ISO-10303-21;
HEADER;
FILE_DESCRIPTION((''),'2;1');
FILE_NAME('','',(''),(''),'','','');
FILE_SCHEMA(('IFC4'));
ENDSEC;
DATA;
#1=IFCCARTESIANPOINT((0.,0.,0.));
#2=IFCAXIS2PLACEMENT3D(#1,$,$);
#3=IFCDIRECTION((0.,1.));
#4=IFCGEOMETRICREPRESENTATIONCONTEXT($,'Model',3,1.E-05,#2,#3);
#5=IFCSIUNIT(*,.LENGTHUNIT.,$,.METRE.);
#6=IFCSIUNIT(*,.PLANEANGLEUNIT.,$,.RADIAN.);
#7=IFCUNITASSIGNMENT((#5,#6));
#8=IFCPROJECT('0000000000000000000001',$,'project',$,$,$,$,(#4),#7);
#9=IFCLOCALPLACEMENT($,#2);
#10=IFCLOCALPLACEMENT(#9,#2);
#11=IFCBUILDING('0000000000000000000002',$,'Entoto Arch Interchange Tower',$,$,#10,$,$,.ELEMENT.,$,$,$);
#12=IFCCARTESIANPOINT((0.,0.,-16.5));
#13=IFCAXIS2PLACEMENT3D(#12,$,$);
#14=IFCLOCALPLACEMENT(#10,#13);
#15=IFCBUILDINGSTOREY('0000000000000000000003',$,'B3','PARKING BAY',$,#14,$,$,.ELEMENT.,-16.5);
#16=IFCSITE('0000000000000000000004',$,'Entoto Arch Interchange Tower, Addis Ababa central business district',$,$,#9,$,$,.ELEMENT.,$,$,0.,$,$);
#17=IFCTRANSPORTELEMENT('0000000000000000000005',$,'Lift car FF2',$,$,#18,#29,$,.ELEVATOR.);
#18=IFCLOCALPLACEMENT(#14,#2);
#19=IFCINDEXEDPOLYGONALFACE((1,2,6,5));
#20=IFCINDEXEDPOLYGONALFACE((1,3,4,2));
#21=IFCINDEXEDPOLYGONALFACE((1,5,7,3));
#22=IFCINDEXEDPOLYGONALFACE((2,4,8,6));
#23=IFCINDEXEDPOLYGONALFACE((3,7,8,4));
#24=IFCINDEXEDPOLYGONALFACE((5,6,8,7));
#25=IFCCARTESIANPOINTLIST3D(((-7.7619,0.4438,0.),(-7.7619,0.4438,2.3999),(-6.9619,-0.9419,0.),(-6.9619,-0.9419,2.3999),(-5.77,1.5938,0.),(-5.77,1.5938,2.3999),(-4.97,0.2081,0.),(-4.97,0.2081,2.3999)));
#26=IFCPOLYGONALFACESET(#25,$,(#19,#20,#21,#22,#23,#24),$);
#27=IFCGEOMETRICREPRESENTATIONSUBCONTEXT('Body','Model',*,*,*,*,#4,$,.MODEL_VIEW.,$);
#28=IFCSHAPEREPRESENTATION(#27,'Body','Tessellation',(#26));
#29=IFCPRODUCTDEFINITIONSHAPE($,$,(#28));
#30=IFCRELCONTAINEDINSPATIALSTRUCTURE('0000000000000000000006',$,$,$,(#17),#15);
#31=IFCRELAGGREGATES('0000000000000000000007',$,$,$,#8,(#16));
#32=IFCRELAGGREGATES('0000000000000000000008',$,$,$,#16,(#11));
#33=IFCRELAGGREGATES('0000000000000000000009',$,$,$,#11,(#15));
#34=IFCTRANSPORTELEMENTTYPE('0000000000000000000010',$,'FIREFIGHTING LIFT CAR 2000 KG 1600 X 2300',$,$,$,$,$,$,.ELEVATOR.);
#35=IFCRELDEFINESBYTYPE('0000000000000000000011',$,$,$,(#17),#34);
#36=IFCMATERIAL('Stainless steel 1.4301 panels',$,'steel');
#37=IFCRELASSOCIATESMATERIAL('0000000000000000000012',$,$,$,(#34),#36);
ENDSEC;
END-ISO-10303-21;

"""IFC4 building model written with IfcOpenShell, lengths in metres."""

from ifc_helpers import new_model, si_unit, direction, frame, origin, origin_2d, place, context, subcontext, project, spatial, rectangle, extrude, material, type_object, element, save


model = new_model("IFC4")

# Units and contexts
model_context = context("Model", 3, precision=1e-05, world=origin(), true_north=direction((0.0, 1.0)))
body_context = subcontext(model_context, "Body", "Model", "MODEL_VIEW")
ifc_project = project(units=[si_unit("LENGTHUNIT", "METRE"), si_unit("PLANEANGLEUNIT", "RADIAN")], contexts=[model_context])

# Site, building, storey
site_placement = place(None, origin())
site = spatial("IfcSite", under=ifc_project, at=site_placement, Name="Entoto Arch Interchange Tower, Addis Ababa central business district", CompositionType="ELEMENT", RefElevation=0.0)
building_placement = place(site_placement, origin())
building = spatial("IfcBuilding", under=site, at=building_placement, Name="Entoto Arch Interchange Tower", CompositionType="ELEMENT")
storey_placement = place(building_placement, frame((0.0, 0.0, -16.5)))
storey = spatial("IfcBuildingStorey", under=building, at=storey_placement, Name="B3", Description="PARKING BAY", CompositionType="ELEMENT", Elevation=-16.5)

# Shared definitions
ifc_material_1 = material(Name="Stainless steel 1.4301 panels", Category="steel")

# Transport element
transport_element_type = type_object("IfcTransportElementType", Name="FIREFIGHTING LIFT CAR 2000 KG 1600 X 2300", PredefinedType="ELEVATOR", material=ifc_material_1)
transport_element_placement = place(storey_placement, frame((-6.366, 0.3259, 0.0), z_axis=(0.0, 0.0, 1.0), x_axis=(-0.5, 0.866025, 0.0)))
element("IfcTransportElement", 1, at=transport_element_placement, inside=storey, type_object=transport_element_type, Name="Lift car FF2", PredefinedType="ELEVATOR", context=body_context, shape_type="SweptSolid", body=[
    extrude(rectangle(XDim=1.6001, YDim=2.3, at=origin_2d()), origin(), (0.0, 0.0, 1.0), 2.3999),
])

save(model, "model.ifc")
